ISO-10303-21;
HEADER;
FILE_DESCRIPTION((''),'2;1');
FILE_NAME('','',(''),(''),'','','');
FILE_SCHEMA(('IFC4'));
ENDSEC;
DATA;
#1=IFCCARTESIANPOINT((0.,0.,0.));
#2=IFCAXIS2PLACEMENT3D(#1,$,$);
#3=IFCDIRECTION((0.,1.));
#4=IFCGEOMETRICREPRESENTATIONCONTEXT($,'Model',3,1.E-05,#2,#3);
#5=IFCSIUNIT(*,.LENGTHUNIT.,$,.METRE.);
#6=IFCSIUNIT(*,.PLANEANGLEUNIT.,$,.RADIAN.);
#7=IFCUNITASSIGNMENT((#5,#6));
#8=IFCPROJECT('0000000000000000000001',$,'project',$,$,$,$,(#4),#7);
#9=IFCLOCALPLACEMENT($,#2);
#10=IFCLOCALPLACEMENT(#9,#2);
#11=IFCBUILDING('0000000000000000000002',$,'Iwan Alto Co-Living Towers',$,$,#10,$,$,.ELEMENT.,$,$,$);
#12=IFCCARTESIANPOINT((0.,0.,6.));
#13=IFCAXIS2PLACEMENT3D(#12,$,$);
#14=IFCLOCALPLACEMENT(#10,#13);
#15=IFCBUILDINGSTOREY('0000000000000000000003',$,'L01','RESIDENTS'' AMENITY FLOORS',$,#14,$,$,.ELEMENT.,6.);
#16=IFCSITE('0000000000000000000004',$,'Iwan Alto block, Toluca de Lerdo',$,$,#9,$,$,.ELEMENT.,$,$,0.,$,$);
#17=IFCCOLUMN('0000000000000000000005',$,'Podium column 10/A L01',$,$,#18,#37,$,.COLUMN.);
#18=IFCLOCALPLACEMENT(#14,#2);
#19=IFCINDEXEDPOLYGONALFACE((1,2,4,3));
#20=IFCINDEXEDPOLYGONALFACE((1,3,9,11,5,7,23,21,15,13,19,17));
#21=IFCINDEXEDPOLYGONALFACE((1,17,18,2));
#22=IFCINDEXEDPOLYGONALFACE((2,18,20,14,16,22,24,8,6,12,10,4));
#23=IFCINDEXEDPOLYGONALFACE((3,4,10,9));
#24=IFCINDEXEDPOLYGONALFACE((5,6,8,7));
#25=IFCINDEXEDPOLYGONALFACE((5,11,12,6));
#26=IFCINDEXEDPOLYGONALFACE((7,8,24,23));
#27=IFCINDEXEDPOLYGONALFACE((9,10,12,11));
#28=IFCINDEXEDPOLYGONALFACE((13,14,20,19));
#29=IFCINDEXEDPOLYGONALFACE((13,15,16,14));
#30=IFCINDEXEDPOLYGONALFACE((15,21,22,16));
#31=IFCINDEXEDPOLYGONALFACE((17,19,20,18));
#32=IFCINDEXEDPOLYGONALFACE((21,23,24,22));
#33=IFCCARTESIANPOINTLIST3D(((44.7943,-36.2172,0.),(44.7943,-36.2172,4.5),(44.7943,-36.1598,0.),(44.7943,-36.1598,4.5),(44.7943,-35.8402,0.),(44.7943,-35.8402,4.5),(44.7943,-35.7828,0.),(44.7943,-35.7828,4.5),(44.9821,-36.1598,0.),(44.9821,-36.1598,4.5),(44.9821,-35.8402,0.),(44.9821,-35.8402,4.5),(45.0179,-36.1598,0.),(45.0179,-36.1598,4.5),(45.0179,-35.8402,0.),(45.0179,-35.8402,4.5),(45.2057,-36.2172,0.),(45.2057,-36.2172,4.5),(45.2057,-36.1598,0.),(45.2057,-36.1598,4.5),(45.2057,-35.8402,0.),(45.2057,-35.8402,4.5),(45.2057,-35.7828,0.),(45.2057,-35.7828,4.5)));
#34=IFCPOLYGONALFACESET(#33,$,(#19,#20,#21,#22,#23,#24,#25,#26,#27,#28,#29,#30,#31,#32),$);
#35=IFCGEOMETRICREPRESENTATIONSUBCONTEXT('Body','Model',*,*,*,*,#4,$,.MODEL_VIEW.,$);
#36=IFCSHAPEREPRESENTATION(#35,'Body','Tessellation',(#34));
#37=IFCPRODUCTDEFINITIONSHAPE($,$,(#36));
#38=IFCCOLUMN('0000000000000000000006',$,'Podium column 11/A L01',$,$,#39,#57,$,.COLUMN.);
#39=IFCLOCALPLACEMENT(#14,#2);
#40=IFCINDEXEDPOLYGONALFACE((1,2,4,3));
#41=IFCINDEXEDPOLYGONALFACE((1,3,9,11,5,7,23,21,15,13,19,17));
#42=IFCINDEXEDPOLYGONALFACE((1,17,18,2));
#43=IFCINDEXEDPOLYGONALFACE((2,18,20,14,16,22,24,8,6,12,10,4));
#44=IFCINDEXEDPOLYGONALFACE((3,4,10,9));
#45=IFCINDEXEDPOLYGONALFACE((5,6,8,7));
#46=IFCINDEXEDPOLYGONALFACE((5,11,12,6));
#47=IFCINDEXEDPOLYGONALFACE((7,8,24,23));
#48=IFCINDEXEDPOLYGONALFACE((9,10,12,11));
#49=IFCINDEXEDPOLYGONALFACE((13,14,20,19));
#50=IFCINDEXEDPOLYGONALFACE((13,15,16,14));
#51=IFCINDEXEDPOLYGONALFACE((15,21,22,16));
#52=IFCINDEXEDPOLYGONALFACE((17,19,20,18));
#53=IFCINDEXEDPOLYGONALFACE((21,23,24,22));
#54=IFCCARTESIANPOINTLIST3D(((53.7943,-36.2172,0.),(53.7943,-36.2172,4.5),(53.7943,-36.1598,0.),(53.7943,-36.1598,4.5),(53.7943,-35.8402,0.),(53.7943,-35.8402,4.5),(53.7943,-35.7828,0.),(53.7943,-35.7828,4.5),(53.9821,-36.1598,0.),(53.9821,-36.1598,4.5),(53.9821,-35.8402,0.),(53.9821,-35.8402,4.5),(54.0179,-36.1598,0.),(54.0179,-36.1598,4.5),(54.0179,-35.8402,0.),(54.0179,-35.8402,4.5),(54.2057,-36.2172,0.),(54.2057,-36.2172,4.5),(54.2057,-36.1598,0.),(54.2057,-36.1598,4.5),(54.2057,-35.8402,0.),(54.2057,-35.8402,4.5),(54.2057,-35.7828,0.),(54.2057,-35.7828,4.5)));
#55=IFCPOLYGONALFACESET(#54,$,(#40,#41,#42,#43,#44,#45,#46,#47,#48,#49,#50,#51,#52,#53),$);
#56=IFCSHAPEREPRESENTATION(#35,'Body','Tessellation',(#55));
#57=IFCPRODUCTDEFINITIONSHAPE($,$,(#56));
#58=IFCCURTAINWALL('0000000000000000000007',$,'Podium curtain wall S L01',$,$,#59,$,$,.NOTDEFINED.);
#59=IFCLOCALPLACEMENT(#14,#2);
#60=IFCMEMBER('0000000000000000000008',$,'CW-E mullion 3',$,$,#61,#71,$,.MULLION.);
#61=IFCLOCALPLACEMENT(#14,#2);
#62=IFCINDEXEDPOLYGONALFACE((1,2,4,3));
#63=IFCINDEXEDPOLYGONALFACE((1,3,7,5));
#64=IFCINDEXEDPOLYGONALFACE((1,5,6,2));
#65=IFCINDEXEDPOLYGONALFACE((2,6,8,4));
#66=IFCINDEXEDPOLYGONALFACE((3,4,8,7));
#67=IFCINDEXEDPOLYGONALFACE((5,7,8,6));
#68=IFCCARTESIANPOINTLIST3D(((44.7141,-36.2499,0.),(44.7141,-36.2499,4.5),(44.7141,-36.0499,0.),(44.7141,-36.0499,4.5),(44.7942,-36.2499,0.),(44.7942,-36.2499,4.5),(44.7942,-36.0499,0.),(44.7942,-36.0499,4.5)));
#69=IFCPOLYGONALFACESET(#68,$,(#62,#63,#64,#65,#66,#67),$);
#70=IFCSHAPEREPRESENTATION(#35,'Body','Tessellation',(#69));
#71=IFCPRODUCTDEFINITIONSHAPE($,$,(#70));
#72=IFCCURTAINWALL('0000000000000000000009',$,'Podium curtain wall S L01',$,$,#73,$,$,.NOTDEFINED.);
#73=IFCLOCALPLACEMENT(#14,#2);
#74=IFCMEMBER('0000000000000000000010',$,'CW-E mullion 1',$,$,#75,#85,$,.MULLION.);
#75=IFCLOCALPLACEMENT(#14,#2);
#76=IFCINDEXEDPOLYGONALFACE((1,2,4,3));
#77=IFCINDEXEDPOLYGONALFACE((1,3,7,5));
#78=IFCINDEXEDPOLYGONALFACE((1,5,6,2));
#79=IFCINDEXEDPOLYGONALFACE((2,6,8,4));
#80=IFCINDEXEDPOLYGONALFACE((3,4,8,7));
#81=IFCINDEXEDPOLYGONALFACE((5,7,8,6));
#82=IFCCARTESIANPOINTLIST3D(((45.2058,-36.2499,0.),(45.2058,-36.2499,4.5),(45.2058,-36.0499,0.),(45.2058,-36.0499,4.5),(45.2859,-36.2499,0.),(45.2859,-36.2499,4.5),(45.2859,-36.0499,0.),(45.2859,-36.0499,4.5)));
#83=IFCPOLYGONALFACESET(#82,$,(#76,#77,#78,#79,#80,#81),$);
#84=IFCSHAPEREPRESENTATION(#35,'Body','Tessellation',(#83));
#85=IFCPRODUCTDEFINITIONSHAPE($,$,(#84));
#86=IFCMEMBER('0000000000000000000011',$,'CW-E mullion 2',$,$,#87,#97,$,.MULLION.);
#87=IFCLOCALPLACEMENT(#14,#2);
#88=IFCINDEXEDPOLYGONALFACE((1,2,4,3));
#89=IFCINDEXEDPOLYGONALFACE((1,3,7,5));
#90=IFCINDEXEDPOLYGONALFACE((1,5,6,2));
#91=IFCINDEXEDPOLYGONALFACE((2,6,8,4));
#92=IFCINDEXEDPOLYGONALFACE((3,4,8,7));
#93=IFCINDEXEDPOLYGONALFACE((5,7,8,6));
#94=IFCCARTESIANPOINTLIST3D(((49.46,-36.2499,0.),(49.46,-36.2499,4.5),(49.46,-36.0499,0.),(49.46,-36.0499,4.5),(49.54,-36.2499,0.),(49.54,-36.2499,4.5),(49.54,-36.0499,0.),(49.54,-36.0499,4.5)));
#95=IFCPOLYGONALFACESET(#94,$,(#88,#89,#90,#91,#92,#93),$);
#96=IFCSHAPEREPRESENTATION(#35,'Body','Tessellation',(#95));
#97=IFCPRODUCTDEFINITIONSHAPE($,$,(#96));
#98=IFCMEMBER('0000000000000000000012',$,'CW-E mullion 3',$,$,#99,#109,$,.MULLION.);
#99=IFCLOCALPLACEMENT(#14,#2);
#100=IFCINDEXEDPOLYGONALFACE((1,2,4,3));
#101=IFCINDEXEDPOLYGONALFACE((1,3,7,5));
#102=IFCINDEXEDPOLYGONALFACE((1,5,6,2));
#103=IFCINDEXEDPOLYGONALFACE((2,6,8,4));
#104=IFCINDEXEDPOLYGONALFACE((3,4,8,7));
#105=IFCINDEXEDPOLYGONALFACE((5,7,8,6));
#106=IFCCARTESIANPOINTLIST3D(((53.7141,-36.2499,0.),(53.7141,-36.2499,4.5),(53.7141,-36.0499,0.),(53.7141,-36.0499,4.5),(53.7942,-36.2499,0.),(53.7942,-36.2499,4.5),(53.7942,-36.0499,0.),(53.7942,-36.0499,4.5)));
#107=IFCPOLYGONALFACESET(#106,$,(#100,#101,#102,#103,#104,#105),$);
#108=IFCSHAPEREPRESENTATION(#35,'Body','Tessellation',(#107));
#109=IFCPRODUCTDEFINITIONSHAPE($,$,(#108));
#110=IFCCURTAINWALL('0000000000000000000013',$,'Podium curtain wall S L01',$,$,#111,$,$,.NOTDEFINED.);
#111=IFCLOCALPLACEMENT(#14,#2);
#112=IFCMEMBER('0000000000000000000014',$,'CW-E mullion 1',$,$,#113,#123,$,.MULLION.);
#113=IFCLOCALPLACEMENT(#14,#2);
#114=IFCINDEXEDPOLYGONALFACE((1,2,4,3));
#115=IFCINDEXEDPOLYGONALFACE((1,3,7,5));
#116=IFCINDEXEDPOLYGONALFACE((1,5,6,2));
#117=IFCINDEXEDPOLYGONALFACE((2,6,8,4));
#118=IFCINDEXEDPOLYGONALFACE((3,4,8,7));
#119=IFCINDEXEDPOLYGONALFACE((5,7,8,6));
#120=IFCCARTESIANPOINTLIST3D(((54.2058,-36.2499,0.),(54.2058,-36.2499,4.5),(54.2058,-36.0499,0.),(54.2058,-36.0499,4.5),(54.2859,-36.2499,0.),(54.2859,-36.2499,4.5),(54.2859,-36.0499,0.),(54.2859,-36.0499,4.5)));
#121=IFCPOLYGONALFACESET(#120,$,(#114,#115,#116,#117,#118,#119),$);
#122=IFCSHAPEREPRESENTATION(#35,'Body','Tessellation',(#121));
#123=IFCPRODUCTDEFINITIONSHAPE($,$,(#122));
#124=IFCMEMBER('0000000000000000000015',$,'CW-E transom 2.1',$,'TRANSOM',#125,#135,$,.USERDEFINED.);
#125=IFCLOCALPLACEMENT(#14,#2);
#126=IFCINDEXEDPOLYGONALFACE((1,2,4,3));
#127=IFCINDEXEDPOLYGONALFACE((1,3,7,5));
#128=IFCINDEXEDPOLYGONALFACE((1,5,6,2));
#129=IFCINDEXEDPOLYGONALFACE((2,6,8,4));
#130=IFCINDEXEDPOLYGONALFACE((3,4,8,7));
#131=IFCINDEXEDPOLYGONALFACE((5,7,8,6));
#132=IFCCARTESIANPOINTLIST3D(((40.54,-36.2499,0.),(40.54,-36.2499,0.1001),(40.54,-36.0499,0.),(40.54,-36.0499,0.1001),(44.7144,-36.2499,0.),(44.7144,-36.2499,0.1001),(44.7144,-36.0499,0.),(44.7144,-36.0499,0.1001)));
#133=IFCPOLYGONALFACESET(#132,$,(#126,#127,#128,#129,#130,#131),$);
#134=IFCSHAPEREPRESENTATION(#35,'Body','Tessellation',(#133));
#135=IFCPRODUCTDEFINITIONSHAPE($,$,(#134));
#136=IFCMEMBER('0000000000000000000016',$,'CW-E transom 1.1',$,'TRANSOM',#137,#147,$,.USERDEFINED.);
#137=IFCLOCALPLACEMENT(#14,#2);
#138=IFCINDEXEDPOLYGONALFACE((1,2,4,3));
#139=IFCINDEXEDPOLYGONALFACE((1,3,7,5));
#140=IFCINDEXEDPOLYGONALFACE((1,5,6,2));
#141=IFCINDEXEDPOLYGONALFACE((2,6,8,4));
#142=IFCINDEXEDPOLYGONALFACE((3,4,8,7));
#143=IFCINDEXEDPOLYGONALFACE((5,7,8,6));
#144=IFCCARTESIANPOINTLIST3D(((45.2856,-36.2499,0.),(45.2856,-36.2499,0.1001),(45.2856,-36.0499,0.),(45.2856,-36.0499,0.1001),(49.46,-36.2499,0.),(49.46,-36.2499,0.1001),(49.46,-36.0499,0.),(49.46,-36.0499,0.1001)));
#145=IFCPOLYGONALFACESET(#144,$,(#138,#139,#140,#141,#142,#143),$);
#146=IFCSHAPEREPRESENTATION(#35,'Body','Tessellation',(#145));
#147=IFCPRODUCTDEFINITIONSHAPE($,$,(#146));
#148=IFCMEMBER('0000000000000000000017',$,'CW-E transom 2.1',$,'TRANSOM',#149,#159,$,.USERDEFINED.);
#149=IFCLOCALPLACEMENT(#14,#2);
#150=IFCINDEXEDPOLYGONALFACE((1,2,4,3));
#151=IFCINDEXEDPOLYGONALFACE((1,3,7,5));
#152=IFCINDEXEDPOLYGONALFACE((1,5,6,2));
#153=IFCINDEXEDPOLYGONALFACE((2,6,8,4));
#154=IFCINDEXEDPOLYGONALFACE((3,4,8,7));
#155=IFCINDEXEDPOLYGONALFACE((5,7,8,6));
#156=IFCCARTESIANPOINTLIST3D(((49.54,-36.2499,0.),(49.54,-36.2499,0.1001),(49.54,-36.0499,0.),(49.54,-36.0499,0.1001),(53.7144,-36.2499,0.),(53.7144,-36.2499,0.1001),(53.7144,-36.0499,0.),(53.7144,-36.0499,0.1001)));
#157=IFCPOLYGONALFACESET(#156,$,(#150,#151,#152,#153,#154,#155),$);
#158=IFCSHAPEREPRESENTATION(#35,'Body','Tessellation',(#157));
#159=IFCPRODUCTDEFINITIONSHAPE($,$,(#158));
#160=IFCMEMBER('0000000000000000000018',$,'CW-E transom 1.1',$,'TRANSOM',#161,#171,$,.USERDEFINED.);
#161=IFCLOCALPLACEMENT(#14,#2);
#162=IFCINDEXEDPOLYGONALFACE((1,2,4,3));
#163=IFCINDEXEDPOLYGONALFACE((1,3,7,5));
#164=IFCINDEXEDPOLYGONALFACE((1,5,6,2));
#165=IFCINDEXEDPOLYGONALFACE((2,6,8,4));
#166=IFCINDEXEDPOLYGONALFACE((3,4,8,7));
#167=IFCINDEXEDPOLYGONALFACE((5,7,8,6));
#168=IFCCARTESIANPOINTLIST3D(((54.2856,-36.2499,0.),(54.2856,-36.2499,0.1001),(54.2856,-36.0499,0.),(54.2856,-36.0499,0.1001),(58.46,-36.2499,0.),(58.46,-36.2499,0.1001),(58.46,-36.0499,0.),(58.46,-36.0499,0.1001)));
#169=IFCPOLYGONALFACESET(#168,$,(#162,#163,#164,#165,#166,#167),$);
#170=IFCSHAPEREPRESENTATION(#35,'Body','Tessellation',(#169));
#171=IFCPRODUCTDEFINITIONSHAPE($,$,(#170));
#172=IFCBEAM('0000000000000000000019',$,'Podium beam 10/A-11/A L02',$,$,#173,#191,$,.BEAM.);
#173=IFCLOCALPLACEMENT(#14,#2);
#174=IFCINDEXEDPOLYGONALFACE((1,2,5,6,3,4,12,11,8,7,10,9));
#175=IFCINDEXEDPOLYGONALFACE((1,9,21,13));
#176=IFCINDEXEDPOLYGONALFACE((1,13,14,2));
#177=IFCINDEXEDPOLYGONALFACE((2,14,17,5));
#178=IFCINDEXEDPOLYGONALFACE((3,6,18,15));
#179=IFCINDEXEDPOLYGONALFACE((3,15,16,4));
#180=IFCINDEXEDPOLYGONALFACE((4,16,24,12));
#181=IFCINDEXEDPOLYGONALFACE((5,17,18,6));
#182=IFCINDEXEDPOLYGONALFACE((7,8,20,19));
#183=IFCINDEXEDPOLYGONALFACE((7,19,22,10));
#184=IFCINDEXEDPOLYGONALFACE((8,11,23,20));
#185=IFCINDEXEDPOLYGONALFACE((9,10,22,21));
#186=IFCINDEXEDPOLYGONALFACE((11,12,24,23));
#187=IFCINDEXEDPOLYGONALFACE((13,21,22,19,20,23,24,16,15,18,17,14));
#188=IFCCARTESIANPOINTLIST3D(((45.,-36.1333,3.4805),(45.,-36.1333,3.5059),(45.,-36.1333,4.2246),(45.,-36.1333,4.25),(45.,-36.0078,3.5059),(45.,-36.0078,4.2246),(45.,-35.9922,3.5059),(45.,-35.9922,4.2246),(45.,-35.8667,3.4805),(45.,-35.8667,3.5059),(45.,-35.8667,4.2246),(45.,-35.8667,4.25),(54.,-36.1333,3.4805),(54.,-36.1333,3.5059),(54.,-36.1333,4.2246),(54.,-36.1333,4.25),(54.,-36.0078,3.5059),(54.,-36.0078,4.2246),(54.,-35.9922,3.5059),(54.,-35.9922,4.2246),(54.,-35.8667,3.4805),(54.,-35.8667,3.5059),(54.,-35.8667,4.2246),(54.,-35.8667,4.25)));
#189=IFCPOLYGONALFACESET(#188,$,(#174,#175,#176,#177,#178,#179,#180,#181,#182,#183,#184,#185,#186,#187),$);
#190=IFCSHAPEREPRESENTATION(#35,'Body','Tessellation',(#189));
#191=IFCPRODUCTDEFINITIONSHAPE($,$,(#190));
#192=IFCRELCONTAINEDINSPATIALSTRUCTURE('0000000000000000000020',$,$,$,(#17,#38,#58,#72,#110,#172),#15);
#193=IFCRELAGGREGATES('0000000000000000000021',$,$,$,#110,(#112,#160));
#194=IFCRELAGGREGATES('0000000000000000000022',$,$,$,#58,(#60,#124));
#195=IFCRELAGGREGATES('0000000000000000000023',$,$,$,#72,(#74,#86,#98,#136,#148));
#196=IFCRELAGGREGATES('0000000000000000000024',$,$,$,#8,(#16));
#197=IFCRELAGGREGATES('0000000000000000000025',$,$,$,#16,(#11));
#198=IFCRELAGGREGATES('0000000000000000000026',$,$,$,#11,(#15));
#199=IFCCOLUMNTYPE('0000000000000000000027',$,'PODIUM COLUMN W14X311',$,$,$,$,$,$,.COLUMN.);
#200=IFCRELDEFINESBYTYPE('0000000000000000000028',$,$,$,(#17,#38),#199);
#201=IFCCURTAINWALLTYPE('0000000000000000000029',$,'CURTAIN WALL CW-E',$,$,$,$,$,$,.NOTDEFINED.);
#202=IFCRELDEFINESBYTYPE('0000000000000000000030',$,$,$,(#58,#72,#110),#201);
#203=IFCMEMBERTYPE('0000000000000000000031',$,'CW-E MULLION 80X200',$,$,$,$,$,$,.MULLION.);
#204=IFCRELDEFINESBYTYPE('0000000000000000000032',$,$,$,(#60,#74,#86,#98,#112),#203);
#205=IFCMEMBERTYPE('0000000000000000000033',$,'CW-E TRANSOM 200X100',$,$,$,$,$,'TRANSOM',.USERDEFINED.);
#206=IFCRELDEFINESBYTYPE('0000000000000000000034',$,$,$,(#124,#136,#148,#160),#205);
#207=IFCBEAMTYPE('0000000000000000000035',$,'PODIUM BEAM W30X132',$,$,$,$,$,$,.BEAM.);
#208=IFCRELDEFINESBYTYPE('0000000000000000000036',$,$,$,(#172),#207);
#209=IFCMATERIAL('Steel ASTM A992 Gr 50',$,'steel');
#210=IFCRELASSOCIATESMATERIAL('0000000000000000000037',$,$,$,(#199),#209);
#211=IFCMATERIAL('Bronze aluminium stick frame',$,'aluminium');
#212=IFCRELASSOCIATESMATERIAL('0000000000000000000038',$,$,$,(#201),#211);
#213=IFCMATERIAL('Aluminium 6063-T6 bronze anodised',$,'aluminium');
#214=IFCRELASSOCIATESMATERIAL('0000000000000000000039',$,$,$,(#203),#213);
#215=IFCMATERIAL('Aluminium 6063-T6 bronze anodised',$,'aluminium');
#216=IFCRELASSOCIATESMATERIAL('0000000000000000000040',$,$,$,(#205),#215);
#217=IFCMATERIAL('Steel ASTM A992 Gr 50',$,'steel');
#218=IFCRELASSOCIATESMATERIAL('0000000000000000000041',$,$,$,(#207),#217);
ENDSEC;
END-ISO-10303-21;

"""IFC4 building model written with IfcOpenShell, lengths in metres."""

from ifc_helpers import new_model, si_unit, direction, frame, origin, origin_2d, place, context, subcontext, project, spatial, rectangle, i_section, extrude, material, material_profile, profile_set, type_object, element, aggregate, save


model = new_model("IFC4")

# Units and contexts
model_context = context("Model", 3, precision=1e-05, world=origin(), true_north=direction((0.0, 1.0)))
body_context = subcontext(model_context, "Body", "Model", "MODEL_VIEW")
ifc_project = project(units=[si_unit("LENGTHUNIT", "METRE"), si_unit("PLANEANGLEUNIT", "RADIAN")], contexts=[model_context])

# Site, building, storey
site_placement = place(None, origin())
site = spatial("IfcSite", under=ifc_project, at=site_placement, Name="Iwan Alto block, Toluca de Lerdo", CompositionType="ELEMENT", RefElevation=0.0)
building_placement = place(site_placement, origin())
building = spatial("IfcBuilding", under=site, at=building_placement, Name="Iwan Alto Co-Living Towers", CompositionType="ELEMENT")
storey_placement = place(building_placement, frame((0.0, 0.0, 6.0)))
storey = spatial("IfcBuildingStorey", under=building, at=storey_placement, Name="L01", Description="RESIDENTS' AMENITY FLOORS", CompositionType="ELEMENT", Elevation=6.0)

# Columns
ifc_material_1 = material(Name="Steel ASTM A992 Gr 50", Category="steel")
ifc_material_profile_1 = material_profile(ifc_material_1, i_section(OverallWidth=0.4114, OverallDepth=0.4343, WebThickness=0.0359, FlangeThickness=0.0574, at=origin_2d()), Name="W14X311")
ifc_profile_set_1 = profile_set([ifc_material_profile_1], Name="Steel ASTM A992 Gr 50")
column_type = type_object("IfcColumnType", Name="PODIUM COLUMN W14X311", PredefinedType="COLUMN", material=ifc_profile_set_1)
for number, where, z_axis, x_axis, name in (
    (1, (45.0, -36.0, 0.0), (0.0, 0.0, 1.0), (1.0, 0.0, 0.0), "Podium column 10/A L01"),
    (2, (54.0, -36.0, 0.0), (0.0, 0.0, 1.0), (1.0, 0.0, 0.0), "Podium column 11/A L01"),
):
    element("IfcColumn", number, at=place(storey_placement, frame(where, z_axis=z_axis, x_axis=x_axis)), inside=storey, type_object=column_type, Name=name, PredefinedType="COLUMN", context=body_context, shape_type="SweptSolid", body=[
        extrude(i_section(OverallWidth=0.4114, OverallDepth=0.4343, WebThickness=0.0359, FlangeThickness=0.0574, at=origin_2d()), origin(), (0.0, 0.0, 1.0), 4.5),
    ])

# Curtain wall, member
ifc_material_2 = material(Name="Bronze aluminium stick frame", Category="aluminium")
curtain_wall_type = type_object("IfcCurtainWallType", Name="CURTAIN WALL CW-E", PredefinedType="NOTDEFINED", material=ifc_material_2)
curtain_wall_1_placement = place(storey_placement, origin())
curtain_wall_1 = element("IfcCurtainWall", 3, at=curtain_wall_1_placement, inside=storey, type_object=curtain_wall_type, Name="Podium curtain wall S L01", PredefinedType="NOTDEFINED")
ifc_material_3 = material(Name="Aluminium 6063-T6 bronze anodised", Category="aluminium")
ifc_material_profile_2 = material_profile(ifc_material_3, rectangle(XDim=0.2, YDim=0.0801, at=origin_2d()), Name="AL 80X200")
ifc_profile_set_2 = profile_set([ifc_material_profile_2], Name="Aluminium 6063-T6 bronze anodised")
member_type_1 = type_object("IfcMemberType", Name="CW-E MULLION 80X200", PredefinedType="MULLION", material=ifc_profile_set_2)
member_1_placement = place(storey_placement, frame((44.7542, -36.1499, 0.0), z_axis=(0.0, 0.0, 1.0), x_axis=(0.0, 1.0, 0.0)))
member_1 = element("IfcMember", 4, at=member_1_placement, type_object=member_type_1, Name="CW-E mullion 3", PredefinedType="MULLION", context=body_context, shape_type="SweptSolid", body=[
    extrude(rectangle(XDim=0.2, YDim=0.0801, at=origin_2d()), origin(), (0.0, 0.0, 1.0), 4.5),
])

# Curtain wall, members
curtain_wall_2_placement = place(storey_placement, origin())
curtain_wall_2 = element("IfcCurtainWall", 5, at=curtain_wall_2_placement, inside=storey, type_object=curtain_wall_type, Name="Podium curtain wall S L01", PredefinedType="NOTDEFINED")
member_2_placement = place(storey_placement, frame((45.2458, -36.1499, 0.0), z_axis=(0.0, 0.0, 1.0), x_axis=(0.0, 1.0, 0.0)))
member_2 = element("IfcMember", 6, at=member_2_placement, type_object=member_type_1, Name="CW-E mullion 1", PredefinedType="MULLION", context=body_context, shape_type="SweptSolid", body=[
    extrude(rectangle(XDim=0.2, YDim=0.0801, at=origin_2d()), origin(), (0.0, 0.0, 1.0), 4.5),
])
member_3_placement = place(storey_placement, frame((49.5, -36.1499, 0.0), z_axis=(0.0, 0.0, 1.0), x_axis=(0.0, 1.0, 0.0)))
member_3 = element("IfcMember", 7, at=member_3_placement, type_object=member_type_1, Name="CW-E mullion 2", PredefinedType="MULLION", context=body_context, shape_type="SweptSolid", body=[
    extrude(rectangle(XDim=0.2, YDim=0.0801, at=origin_2d()), origin(), (0.0, 0.0, 1.0), 4.5),
])
member_4_placement = place(storey_placement, frame((53.7542, -36.1499, 0.0), z_axis=(0.0, 0.0, 1.0), x_axis=(0.0, 1.0, 0.0)))
member_4 = element("IfcMember", 8, at=member_4_placement, type_object=member_type_1, Name="CW-E mullion 3", PredefinedType="MULLION", context=body_context, shape_type="SweptSolid", body=[
    extrude(rectangle(XDim=0.2, YDim=0.0801, at=origin_2d()), origin(), (0.0, 0.0, 1.0), 4.5),
])

# Curtain wall, member
curtain_wall_3_placement = place(storey_placement, origin())
curtain_wall_3 = element("IfcCurtainWall", 9, at=curtain_wall_3_placement, inside=storey, type_object=curtain_wall_type, Name="Podium curtain wall S L01", PredefinedType="NOTDEFINED")
member_5_placement = place(storey_placement, frame((54.2458, -36.1499, 0.0), z_axis=(0.0, 0.0, 1.0), x_axis=(0.0, 1.0, 0.0)))
member_5 = element("IfcMember", 10, at=member_5_placement, type_object=member_type_1, Name="CW-E mullion 1", PredefinedType="MULLION", context=body_context, shape_type="SweptSolid", body=[
    extrude(rectangle(XDim=0.2, YDim=0.0801, at=origin_2d()), origin(), (0.0, 0.0, 1.0), 4.5),
])

# Members
ifc_material_4 = material(Name="Aluminium 6063-T6 bronze anodised", Category="aluminium")
ifc_material_profile_3 = material_profile(ifc_material_4, rectangle(XDim=0.2, YDim=0.1001, at=origin_2d()), Name="AL 200X100")
ifc_profile_set_3 = profile_set([ifc_material_profile_3], Name="Aluminium 6063-T6 bronze anodised")
member_type_2 = type_object("IfcMemberType", Name="CW-E TRANSOM 200X100", ElementType="TRANSOM", PredefinedType="USERDEFINED", material=ifc_profile_set_3)
member_6_placement = place(storey_placement, frame((40.54, -36.1499, 0.05), z_axis=(1.0, 0.0, 0.0), x_axis=(0.0, 1.0, 0.0)))
member_6 = element("IfcMember", 11, at=member_6_placement, type_object=member_type_2, Name="CW-E transom 2.1", ObjectType="TRANSOM", PredefinedType="USERDEFINED", context=body_context, shape_type="SweptSolid", body=[
    extrude(rectangle(XDim=0.2, YDim=0.1001, at=origin_2d()), origin(), (0.0, 0.0, 1.0), 4.1743),
])
member_7_placement = place(storey_placement, frame((45.2856, -36.1499, 0.05), z_axis=(1.0, 0.0, 0.0), x_axis=(0.0, 1.0, 0.0)))
member_7 = element("IfcMember", 12, at=member_7_placement, type_object=member_type_2, Name="CW-E transom 1.1", ObjectType="TRANSOM", PredefinedType="USERDEFINED", context=body_context, shape_type="SweptSolid", body=[
    extrude(rectangle(XDim=0.2, YDim=0.1001, at=origin_2d()), origin(), (0.0, 0.0, 1.0), 4.1743),
])
member_8_placement = place(storey_placement, frame((49.54, -36.1499, 0.05), z_axis=(1.0, 0.0, 0.0), x_axis=(0.0, 1.0, 0.0)))
member_8 = element("IfcMember", 13, at=member_8_placement, type_object=member_type_2, Name="CW-E transom 2.1", ObjectType="TRANSOM", PredefinedType="USERDEFINED", context=body_context, shape_type="SweptSolid", body=[
    extrude(rectangle(XDim=0.2, YDim=0.1001, at=origin_2d()), origin(), (0.0, 0.0, 1.0), 4.1743),
])
member_9_placement = place(storey_placement, frame((54.2856, -36.1499, 0.05), z_axis=(1.0, 0.0, 0.0), x_axis=(0.0, 1.0, 0.0)))
member_9 = element("IfcMember", 14, at=member_9_placement, type_object=member_type_2, Name="CW-E transom 1.1", ObjectType="TRANSOM", PredefinedType="USERDEFINED", context=body_context, shape_type="SweptSolid", body=[
    extrude(rectangle(XDim=0.2, YDim=0.1001, at=origin_2d()), origin(), (0.0, 0.0, 1.0), 4.1743),
])
aggregate(curtain_wall_3, [member_5, member_9])

# Beam
ifc_material_5 = material(Name="Steel ASTM A992 Gr 50", Category="steel")
ifc_material_profile_4 = material_profile(ifc_material_5, i_section(OverallWidth=0.2666, OverallDepth=0.7695, WebThickness=0.0156, FlangeThickness=0.0254, at=origin_2d()), Name="W30X132")
ifc_profile_set_4 = profile_set([ifc_material_profile_4], Name="Steel ASTM A992 Gr 50")
beam_type_1 = type_object("IfcBeamType", Name="PODIUM BEAM W30X132", PredefinedType="BEAM", material=ifc_profile_set_4)
for number, where, z_axis, x_axis, name in (
    (15, (45.0, -36.0, 3.8652), (1.0, 0.0, 0.0), (0.0, 1.0, 0.0), "Podium beam 10/A-11/A L02"),
):
    element("IfcBeam", number, at=place(storey_placement, frame(where, z_axis=z_axis, x_axis=x_axis)), inside=storey, type_object=beam_type_1, Name=name, PredefinedType="BEAM", context=body_context, shape_type="SweptSolid", body=[
        extrude(i_section(OverallWidth=0.2666, OverallDepth=0.7695, WebThickness=0.0156, FlangeThickness=0.0254, at=origin_2d()), origin(), (0.0, 0.0, 1.0), 9.0),
    ])

aggregate(curtain_wall_1, [member_1, member_6])
aggregate(curtain_wall_2, [member_2, member_3, member_4, member_7, member_8])

save(model, "model.ifc")
